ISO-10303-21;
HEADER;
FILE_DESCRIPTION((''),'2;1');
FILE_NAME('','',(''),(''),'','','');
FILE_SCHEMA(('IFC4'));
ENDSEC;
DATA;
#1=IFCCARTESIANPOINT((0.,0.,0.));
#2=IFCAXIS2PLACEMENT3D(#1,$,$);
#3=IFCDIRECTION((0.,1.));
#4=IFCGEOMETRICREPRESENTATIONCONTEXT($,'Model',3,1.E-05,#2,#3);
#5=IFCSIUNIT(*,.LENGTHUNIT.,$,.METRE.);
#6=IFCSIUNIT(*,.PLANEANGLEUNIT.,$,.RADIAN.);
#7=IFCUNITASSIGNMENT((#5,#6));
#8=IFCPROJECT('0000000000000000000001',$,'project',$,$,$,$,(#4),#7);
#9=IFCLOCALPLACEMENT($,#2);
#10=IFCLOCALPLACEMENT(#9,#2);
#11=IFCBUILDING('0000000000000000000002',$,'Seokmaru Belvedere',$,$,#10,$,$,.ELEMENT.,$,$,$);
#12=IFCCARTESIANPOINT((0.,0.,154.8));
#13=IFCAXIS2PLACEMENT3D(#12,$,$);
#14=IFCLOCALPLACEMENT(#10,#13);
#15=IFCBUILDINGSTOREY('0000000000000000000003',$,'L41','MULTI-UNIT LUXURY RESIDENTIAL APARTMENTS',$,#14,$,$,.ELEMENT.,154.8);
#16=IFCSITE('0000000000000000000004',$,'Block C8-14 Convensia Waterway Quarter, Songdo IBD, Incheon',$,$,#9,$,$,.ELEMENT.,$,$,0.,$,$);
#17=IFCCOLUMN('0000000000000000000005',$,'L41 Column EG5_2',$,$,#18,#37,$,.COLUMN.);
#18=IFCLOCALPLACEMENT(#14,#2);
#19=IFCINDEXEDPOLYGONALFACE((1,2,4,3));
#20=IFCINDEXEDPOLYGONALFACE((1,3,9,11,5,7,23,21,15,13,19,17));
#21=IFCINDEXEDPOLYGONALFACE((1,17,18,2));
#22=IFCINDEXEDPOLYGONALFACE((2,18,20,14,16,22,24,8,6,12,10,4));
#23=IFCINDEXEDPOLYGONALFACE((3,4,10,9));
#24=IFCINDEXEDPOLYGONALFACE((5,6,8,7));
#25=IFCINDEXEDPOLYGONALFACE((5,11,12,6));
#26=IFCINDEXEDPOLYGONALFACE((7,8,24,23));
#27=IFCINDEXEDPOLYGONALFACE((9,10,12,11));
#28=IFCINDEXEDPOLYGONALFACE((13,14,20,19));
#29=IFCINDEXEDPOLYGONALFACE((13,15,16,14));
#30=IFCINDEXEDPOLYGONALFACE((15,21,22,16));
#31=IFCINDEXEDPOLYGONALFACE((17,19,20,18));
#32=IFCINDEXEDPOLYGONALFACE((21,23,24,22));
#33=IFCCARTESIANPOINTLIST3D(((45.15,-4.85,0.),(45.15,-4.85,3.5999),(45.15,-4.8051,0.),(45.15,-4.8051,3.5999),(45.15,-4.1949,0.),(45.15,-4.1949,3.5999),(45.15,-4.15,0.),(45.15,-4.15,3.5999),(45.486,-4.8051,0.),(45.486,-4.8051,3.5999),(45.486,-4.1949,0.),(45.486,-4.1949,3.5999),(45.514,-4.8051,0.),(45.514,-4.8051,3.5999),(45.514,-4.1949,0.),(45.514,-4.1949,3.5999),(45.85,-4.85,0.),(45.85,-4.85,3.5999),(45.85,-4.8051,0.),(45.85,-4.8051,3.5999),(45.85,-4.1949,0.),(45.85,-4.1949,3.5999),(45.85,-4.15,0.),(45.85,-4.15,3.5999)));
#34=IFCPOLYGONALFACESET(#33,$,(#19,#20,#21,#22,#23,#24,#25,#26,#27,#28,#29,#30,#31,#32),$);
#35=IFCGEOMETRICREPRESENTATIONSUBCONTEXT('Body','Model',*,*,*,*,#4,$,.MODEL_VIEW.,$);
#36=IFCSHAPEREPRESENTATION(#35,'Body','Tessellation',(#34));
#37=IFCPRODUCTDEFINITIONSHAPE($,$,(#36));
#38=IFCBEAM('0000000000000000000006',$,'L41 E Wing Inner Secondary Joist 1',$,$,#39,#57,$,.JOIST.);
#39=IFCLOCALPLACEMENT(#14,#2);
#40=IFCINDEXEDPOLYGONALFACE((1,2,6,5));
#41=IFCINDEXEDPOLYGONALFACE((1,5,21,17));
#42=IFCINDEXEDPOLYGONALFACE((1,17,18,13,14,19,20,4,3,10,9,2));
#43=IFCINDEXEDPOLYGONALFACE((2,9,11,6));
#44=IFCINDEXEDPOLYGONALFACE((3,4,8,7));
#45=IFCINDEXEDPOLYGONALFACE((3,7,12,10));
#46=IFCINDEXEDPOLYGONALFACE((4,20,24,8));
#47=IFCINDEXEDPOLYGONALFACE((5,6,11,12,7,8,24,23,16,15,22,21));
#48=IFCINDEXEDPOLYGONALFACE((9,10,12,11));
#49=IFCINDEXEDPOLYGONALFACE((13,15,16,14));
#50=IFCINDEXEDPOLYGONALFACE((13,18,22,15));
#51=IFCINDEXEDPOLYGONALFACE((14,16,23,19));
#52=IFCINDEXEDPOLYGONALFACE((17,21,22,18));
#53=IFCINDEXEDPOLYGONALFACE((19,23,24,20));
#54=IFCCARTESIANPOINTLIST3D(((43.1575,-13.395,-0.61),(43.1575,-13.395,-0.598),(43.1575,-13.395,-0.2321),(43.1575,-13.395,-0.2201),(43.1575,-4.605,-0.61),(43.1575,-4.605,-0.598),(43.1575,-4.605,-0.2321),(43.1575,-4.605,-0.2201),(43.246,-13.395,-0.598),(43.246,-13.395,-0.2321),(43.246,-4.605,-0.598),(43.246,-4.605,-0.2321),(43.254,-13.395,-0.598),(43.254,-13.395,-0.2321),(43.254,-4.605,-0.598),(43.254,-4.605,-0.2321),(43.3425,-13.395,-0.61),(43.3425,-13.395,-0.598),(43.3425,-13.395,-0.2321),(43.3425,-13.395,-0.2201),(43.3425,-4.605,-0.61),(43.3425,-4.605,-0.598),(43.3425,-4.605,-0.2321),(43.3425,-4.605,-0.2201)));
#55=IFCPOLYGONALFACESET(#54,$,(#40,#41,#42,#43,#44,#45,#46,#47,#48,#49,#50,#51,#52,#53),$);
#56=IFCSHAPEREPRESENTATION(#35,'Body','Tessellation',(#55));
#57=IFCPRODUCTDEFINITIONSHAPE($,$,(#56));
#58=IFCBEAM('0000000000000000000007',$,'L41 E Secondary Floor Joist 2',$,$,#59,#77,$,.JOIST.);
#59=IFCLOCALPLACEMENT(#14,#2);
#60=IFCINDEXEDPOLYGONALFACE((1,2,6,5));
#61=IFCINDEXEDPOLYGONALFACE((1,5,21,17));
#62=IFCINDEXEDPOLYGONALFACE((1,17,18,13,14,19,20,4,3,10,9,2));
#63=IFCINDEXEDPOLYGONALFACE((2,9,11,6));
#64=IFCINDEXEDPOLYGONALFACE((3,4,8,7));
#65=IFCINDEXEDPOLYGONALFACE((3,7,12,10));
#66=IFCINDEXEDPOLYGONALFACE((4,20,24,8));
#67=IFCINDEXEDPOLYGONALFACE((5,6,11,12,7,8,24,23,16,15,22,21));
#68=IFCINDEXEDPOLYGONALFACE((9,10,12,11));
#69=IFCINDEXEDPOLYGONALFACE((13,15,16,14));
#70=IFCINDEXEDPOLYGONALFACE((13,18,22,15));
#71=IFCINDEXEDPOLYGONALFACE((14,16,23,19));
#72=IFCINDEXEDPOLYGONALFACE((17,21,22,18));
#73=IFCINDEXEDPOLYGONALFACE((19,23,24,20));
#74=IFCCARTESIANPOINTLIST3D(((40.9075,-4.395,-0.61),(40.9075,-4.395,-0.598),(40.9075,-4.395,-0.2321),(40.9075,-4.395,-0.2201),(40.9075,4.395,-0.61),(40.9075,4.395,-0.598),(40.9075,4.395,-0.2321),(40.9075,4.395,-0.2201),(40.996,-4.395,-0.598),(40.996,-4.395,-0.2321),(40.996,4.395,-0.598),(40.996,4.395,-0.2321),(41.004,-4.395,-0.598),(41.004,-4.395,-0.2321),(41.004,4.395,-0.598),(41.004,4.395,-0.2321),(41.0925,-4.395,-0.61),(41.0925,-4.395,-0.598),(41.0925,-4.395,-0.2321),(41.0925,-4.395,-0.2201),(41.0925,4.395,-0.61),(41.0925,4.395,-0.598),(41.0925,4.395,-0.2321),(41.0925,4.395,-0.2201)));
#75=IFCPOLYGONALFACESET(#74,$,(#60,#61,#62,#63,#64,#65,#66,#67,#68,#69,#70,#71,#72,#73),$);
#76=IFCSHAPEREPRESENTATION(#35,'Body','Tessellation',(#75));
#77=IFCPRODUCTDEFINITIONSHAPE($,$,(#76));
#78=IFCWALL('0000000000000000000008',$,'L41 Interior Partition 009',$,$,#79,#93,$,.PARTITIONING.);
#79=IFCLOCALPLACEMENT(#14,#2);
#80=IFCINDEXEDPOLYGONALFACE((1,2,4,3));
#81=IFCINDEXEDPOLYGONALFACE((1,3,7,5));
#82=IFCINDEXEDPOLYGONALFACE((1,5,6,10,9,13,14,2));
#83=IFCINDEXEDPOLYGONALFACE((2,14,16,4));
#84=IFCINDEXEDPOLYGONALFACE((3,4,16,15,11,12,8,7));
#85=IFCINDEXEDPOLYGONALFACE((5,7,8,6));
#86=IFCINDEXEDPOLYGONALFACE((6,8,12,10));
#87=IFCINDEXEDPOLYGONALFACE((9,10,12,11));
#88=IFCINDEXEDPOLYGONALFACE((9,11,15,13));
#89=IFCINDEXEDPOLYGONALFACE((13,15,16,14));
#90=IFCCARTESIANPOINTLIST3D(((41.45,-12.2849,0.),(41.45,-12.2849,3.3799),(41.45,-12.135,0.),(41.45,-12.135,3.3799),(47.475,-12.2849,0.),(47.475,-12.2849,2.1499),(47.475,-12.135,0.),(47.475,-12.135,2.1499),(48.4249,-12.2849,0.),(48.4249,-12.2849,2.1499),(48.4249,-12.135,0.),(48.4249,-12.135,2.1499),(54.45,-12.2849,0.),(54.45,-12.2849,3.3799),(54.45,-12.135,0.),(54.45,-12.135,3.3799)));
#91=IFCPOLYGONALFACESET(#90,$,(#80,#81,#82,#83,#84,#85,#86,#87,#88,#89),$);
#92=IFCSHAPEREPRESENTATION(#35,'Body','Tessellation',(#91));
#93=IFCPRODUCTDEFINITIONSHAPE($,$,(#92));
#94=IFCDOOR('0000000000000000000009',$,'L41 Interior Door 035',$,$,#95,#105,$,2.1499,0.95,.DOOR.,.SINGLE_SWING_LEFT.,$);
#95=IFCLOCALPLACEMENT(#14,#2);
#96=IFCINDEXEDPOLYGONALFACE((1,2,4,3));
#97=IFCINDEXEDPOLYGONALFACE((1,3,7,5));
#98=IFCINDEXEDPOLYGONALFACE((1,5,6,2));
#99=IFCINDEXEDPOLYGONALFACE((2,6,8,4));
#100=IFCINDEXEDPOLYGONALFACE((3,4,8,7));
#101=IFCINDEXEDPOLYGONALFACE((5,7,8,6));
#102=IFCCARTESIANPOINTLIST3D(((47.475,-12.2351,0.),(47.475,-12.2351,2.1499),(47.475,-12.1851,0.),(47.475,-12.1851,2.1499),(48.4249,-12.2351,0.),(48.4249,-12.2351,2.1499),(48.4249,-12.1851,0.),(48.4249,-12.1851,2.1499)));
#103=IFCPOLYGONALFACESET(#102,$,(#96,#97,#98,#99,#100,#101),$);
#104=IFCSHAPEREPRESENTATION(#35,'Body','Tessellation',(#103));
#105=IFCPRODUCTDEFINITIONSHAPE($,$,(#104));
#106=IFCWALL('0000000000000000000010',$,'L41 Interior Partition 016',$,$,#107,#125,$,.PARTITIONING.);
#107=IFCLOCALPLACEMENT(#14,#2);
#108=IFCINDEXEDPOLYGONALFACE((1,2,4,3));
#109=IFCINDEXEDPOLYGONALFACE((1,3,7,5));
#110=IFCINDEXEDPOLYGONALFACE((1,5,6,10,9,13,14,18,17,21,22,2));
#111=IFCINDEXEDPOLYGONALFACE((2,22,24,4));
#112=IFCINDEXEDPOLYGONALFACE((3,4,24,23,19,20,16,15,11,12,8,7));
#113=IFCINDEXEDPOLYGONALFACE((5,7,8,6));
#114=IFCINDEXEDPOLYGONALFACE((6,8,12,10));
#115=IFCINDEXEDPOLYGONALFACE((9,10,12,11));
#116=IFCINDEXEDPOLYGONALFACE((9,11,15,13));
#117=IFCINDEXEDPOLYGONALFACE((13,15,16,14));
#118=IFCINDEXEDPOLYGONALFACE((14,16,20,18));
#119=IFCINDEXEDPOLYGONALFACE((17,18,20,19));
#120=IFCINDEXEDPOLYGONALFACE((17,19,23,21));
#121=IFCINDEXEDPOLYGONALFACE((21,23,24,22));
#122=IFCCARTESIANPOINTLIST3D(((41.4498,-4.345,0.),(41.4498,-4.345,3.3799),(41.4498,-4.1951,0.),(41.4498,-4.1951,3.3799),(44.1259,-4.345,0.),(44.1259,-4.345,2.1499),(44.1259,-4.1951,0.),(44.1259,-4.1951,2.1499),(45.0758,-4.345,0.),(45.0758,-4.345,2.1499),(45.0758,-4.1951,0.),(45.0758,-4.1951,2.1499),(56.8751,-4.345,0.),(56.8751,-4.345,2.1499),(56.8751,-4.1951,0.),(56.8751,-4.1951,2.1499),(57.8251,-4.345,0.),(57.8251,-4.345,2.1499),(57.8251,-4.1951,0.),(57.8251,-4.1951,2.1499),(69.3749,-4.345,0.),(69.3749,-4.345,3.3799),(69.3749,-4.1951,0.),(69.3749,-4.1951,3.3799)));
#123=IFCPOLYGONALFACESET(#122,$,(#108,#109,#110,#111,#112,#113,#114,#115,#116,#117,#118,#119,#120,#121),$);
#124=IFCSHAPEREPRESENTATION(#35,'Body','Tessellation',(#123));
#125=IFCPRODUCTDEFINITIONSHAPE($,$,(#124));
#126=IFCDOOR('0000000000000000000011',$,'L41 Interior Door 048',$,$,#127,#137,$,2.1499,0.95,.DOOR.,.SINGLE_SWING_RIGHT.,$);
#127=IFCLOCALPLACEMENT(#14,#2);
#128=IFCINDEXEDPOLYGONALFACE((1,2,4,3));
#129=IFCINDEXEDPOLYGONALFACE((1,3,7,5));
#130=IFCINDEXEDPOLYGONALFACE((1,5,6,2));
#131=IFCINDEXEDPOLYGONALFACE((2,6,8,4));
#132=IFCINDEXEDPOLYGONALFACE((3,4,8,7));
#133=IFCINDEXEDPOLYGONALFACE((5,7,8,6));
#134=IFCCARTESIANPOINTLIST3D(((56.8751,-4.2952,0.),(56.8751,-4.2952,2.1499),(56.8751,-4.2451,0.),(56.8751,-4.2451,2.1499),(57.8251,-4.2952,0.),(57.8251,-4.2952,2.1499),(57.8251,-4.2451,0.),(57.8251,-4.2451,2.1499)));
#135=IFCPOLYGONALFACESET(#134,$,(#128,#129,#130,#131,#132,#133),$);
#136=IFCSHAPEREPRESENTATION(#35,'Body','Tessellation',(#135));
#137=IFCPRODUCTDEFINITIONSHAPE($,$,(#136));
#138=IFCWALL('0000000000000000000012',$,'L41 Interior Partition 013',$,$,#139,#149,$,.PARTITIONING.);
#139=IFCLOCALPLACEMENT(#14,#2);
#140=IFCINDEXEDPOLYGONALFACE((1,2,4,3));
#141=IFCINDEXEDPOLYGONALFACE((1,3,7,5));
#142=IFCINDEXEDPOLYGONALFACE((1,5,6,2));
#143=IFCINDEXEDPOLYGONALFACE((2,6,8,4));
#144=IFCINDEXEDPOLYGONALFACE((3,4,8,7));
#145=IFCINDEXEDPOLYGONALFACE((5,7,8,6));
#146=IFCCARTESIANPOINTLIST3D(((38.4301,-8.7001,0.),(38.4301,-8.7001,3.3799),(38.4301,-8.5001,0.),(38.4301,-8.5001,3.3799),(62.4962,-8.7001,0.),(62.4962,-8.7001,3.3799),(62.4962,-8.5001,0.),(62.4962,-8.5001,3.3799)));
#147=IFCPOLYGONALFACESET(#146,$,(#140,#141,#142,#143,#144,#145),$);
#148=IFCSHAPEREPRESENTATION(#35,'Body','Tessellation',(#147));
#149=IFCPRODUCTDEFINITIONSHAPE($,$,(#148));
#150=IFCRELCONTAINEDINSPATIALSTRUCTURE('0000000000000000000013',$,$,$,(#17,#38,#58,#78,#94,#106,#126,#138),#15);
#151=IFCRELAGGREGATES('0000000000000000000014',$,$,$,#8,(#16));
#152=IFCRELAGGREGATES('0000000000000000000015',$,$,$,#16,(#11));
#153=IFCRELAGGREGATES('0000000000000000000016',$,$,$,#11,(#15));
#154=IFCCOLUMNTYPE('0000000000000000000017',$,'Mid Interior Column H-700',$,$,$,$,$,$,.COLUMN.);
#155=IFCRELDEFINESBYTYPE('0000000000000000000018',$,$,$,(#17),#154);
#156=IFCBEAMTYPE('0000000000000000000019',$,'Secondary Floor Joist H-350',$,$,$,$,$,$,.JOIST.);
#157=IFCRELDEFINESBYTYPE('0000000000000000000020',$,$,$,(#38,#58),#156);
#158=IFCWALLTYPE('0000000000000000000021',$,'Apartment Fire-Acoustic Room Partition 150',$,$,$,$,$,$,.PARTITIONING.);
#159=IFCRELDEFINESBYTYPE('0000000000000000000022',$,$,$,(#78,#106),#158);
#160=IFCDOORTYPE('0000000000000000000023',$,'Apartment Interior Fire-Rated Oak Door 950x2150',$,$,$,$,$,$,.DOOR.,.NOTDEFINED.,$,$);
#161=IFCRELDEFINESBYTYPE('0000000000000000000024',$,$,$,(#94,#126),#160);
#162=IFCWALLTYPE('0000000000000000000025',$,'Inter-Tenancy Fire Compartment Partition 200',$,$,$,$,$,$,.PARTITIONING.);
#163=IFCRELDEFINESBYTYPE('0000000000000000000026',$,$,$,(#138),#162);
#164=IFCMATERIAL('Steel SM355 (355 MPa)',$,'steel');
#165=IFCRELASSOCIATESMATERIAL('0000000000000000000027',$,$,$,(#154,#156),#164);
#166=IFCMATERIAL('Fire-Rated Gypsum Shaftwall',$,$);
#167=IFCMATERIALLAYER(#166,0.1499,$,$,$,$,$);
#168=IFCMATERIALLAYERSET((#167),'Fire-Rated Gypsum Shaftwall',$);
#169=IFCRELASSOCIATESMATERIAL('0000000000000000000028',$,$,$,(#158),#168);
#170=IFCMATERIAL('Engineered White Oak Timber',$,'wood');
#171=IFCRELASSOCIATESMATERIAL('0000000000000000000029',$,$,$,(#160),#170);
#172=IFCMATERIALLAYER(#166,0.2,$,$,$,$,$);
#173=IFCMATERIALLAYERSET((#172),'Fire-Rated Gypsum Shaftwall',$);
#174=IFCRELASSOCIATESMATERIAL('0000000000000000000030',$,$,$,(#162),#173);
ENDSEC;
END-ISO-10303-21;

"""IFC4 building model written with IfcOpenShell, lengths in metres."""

from ifc_helpers import new_model, si_unit, direction, frame, frame_2d, origin, origin_2d, place, context, subcontext, project, spatial, rectangle, i_section, extrude, source, transform, mapped, material, layer, layer_set, material_profile, profile_set, type_object, type_shapes, element, fill, save


model = new_model("IFC4")

# Units and contexts
model_context = context("Model", 3, precision=1e-05, world=origin(), true_north=direction((0.0, 1.0)))
body_context = subcontext(model_context, "Body", "Model", "MODEL_VIEW")
ifc_project = project(units=[si_unit("LENGTHUNIT", "METRE"), si_unit("PLANEANGLEUNIT", "RADIAN")], contexts=[model_context])

# Site, building, storey
site_placement = place(None, origin())
site = spatial("IfcSite", under=ifc_project, at=site_placement, Name="Block C8-14 Convensia Waterway Quarter, Songdo IBD, Incheon", CompositionType="ELEMENT", RefElevation=0.0)
building_placement = place(site_placement, origin())
building = spatial("IfcBuilding", under=site, at=building_placement, Name="Seokmaru Belvedere", CompositionType="ELEMENT")
storey_placement = place(building_placement, frame((0.0, 0.0, 154.8)))
storey = spatial("IfcBuildingStorey", under=building, at=storey_placement, Name="L41", Description="MULTI-UNIT LUXURY RESIDENTIAL APARTMENTS", CompositionType="ELEMENT", Elevation=154.8)

# Column
ifc_material_1 = material(Name="Steel SM355 (355 MPa)", Category="steel")
ifc_material_profile_1 = material_profile(ifc_material_1, i_section(OverallWidth=0.7, OverallDepth=0.7, WebThickness=0.0281, FlangeThickness=0.0449, at=origin_2d()), Name="H-700x700x28x45")
ifc_profile_set_1 = profile_set([ifc_material_profile_1], Name="Steel SM355 (355 MPa)")
column_type = type_object("IfcColumnType", Name="Mid Interior Column H-700", PredefinedType="COLUMN", material=ifc_profile_set_1)
shared_shape_1 = source(origin(), body_context, "Body", "SweptSolid", [
    extrude(i_section(OverallWidth=0.7, OverallDepth=0.7, WebThickness=0.0281, FlangeThickness=0.0449, at=origin_2d()), origin(), (0.0, 0.0, 1.0), 3.5999),
])
type_shapes(column_type, [shared_shape_1])
column_placement = place(storey_placement, frame((45.5, -4.5, 0.0), z_axis=(0.0, 0.0, 1.0), x_axis=(1.0, 0.0, 0.0)))
element("IfcColumn", 1, at=column_placement, inside=storey, type_object=column_type, Name="L41 Column EG5_2", PredefinedType="COLUMN", context=body_context, shape_type="MappedRepresentation", body=[
    mapped(shared_shape_1, transform((0.0, 0.0, 0.0), scale=1.0)),
])

# Beams
ifc_material_profile_2 = material_profile(ifc_material_1, i_section(OverallWidth=0.1851, OverallDepth=0.3899, WebThickness=0.0081, FlangeThickness=0.012, at=origin_2d()), Name="H-390x185x8x12")
ifc_profile_set_2 = profile_set([ifc_material_profile_2], Name="Steel SM355 (355 MPa)")
beam_type = type_object("IfcBeamType", Name="Secondary Floor Joist H-350", PredefinedType="JOIST", material=ifc_profile_set_2)
shared_shape_2 = source(origin(), body_context, "Body", "SweptSolid", [
    extrude(i_section(OverallWidth=0.1851, OverallDepth=0.3899, WebThickness=0.0081, FlangeThickness=0.012, at=origin_2d()), origin(), (0.0, 0.0, 1.0), 8.79),
])
type_shapes(beam_type, [shared_shape_2])
for number, where, z_axis, x_axis, name in (
    (2, (43.25, -13.395, -0.415), (0.0, 1.0, 0.0), (-1.0, 0.0, 0.0), "L41 E Wing Inner Secondary Joist 1"),
    (3, (41.0, -4.395, -0.415), (0.0, 1.0, 0.0), (-1.0, 0.0, 0.0), "L41 E Secondary Floor Joist 2"),
):
    element("IfcBeam", number, at=place(storey_placement, frame(where, z_axis=z_axis, x_axis=x_axis)), inside=storey, type_object=beam_type, Name=name, PredefinedType="JOIST", context=body_context, shape_type="MappedRepresentation", body=[
        mapped(shared_shape_2, transform((0.0, 0.0, 0.0), scale=1.0)),
    ])

# Wall, opening, door
ifc_material_2 = material(Name="Fire-Rated Gypsum Shaftwall")
ifc_layer_1 = layer(ifc_material_2, 0.1499)
ifc_layer_set_1 = layer_set([ifc_layer_1], Name="Fire-Rated Gypsum Shaftwall")
wall_type_1 = type_object("IfcWallType", Name="Apartment Fire-Acoustic Room Partition 150", PredefinedType="PARTITIONING", material=ifc_layer_set_1)
wall_1_placement = place(storey_placement, frame((41.45, -12.21, 0.0), z_axis=(0.0, 0.0, 1.0), x_axis=(1.0, 0.0, 0.0)))
wall_1 = element("IfcWall", 4, at=wall_1_placement, inside=storey, type_object=wall_type_1, Name="L41 Interior Partition 009", PredefinedType="PARTITIONING", context=body_context, shape_type="SweptSolid", body=[
    extrude(rectangle(XDim=13.0, YDim=0.1499, at=frame_2d((6.5, 0.0))), origin(), (0.0, 0.0, 1.0), 3.3799),
])
opening_1_placement = place(wall_1_placement, frame((6.0249, 0.0, 0.0)))
opening_1 = element("IfcOpeningElement", 5, at=opening_1_placement, cuts=wall_1, PredefinedType="OPENING", context=body_context, shape_type="SweptSolid", body=[
    extrude(rectangle(XDim=0.95, YDim=2.1499, at=frame_2d((0.4751, 1.075))), frame((0.0, 0.085, 0.0), z_axis=(0.0, -1.0, 0.0), x_axis=(1.0, 0.0, 0.0)), (0.0, 0.0, 1.0), 0.1699),
])
ifc_material_3 = material(Name="Engineered White Oak Timber", Category="wood")
door_type_1 = type_object("IfcDoorType", Name="Apartment Interior Fire-Rated Oak Door 950x2150", OperationType="NOTDEFINED", PredefinedType="DOOR", material=ifc_material_3)
shared_shape_3 = source(origin(), body_context, "Body", "SweptSolid", [
    extrude(rectangle(XDim=0.95, YDim=2.1499, at=frame_2d((0.4751, 1.075))), frame((0.0, 0.0249, 0.0), z_axis=(0.0, -1.0, 0.0), x_axis=(1.0, 0.0, 0.0)), (0.0, 0.0, 1.0), 0.05),
])
type_shapes(door_type_1, [shared_shape_3])
door_1_placement = place(opening_1_placement, origin())
door_1 = element("IfcDoor", 6, at=door_1_placement, inside=storey, type_object=door_type_1, Name="L41 Interior Door 035", OperationType="SINGLE_SWING_LEFT", OverallHeight=2.1499, OverallWidth=0.95, PredefinedType="DOOR", context=body_context, shape_type="MappedRepresentation", body=[
    mapped(shared_shape_3, transform((0.0, 0.0, 0.0), scale=1.0)),
])
fill(opening_1, door_1)

# Wall, openings, door
wall_2_placement = place(storey_placement, frame((41.45, -4.27, 0.0), z_axis=(0.0, 0.0, 1.0), x_axis=(1.0, 0.0, 0.0)))
wall_2 = element("IfcWall", 7, at=wall_2_placement, inside=storey, type_object=wall_type_1, Name="L41 Interior Partition 016", PredefinedType="PARTITIONING", context=body_context, shape_type="SweptSolid", body=[
    extrude(rectangle(XDim=27.925, YDim=0.1499, at=frame_2d((13.9624, 0.0))), origin(), (0.0, 0.0, 1.0), 3.3799),
])
opening_2_placement = place(wall_2_placement, frame((2.6758, 0.0, 0.0)))
element("IfcOpeningElement", 8, at=opening_2_placement, cuts=wall_2, PredefinedType="OPENING", context=body_context, shape_type="SweptSolid", body=[
    extrude(rectangle(XDim=0.95, YDim=2.1499, at=frame_2d((0.4751, 1.075))), frame((0.0, 0.085, 0.0), z_axis=(0.0, -1.0, 0.0), x_axis=(1.0, 0.0, 0.0)), (0.0, 0.0, 1.0), 0.1699),
])
opening_3_placement = place(wall_2_placement, frame((15.425, 0.0, 0.0)))
opening_3 = element("IfcOpeningElement", 9, at=opening_3_placement, cuts=wall_2, PredefinedType="OPENING", context=body_context, shape_type="SweptSolid", body=[
    extrude(rectangle(XDim=0.95, YDim=2.1499, at=frame_2d((0.4751, 1.075))), frame((0.0, 0.085, 0.0), z_axis=(0.0, -1.0, 0.0), x_axis=(1.0, 0.0, 0.0)), (0.0, 0.0, 1.0), 0.1699),
])
door_2_placement = place(opening_3_placement, origin())
door_2 = element("IfcDoor", 10, at=door_2_placement, inside=storey, type_object=door_type_1, Name="L41 Interior Door 048", OperationType="SINGLE_SWING_RIGHT", OverallHeight=2.1499, OverallWidth=0.95, PredefinedType="DOOR", context=body_context, shape_type="MappedRepresentation", body=[
    mapped(shared_shape_3, transform((0.0, 0.0, 0.0), scale=1.0)),
])
fill(opening_3, door_2)

# Wall
ifc_layer_2 = layer(ifc_material_2, 0.2)
ifc_layer_set_2 = layer_set([ifc_layer_2], Name="Fire-Rated Gypsum Shaftwall")
wall_type_2 = type_object("IfcWallType", Name="Inter-Tenancy Fire Compartment Partition 200", PredefinedType="PARTITIONING", material=ifc_layer_set_2)
wall_3_placement = place(storey_placement, frame((38.4299, -8.6001, 0.0), z_axis=(0.0, 0.0, 1.0), x_axis=(1.0, 0.0, 0.0)))
element("IfcWall", 11, at=wall_3_placement, inside=storey, type_object=wall_type_2, Name="L41 Interior Partition 013", PredefinedType="PARTITIONING", context=body_context, shape_type="SweptSolid", body=[
    extrude(rectangle(XDim=24.0662, YDim=0.2, at=frame_2d((12.0332, 0.0))), origin(), (0.0, 0.0, 1.0), 3.3799),
])

save(model, "model.ifc")
